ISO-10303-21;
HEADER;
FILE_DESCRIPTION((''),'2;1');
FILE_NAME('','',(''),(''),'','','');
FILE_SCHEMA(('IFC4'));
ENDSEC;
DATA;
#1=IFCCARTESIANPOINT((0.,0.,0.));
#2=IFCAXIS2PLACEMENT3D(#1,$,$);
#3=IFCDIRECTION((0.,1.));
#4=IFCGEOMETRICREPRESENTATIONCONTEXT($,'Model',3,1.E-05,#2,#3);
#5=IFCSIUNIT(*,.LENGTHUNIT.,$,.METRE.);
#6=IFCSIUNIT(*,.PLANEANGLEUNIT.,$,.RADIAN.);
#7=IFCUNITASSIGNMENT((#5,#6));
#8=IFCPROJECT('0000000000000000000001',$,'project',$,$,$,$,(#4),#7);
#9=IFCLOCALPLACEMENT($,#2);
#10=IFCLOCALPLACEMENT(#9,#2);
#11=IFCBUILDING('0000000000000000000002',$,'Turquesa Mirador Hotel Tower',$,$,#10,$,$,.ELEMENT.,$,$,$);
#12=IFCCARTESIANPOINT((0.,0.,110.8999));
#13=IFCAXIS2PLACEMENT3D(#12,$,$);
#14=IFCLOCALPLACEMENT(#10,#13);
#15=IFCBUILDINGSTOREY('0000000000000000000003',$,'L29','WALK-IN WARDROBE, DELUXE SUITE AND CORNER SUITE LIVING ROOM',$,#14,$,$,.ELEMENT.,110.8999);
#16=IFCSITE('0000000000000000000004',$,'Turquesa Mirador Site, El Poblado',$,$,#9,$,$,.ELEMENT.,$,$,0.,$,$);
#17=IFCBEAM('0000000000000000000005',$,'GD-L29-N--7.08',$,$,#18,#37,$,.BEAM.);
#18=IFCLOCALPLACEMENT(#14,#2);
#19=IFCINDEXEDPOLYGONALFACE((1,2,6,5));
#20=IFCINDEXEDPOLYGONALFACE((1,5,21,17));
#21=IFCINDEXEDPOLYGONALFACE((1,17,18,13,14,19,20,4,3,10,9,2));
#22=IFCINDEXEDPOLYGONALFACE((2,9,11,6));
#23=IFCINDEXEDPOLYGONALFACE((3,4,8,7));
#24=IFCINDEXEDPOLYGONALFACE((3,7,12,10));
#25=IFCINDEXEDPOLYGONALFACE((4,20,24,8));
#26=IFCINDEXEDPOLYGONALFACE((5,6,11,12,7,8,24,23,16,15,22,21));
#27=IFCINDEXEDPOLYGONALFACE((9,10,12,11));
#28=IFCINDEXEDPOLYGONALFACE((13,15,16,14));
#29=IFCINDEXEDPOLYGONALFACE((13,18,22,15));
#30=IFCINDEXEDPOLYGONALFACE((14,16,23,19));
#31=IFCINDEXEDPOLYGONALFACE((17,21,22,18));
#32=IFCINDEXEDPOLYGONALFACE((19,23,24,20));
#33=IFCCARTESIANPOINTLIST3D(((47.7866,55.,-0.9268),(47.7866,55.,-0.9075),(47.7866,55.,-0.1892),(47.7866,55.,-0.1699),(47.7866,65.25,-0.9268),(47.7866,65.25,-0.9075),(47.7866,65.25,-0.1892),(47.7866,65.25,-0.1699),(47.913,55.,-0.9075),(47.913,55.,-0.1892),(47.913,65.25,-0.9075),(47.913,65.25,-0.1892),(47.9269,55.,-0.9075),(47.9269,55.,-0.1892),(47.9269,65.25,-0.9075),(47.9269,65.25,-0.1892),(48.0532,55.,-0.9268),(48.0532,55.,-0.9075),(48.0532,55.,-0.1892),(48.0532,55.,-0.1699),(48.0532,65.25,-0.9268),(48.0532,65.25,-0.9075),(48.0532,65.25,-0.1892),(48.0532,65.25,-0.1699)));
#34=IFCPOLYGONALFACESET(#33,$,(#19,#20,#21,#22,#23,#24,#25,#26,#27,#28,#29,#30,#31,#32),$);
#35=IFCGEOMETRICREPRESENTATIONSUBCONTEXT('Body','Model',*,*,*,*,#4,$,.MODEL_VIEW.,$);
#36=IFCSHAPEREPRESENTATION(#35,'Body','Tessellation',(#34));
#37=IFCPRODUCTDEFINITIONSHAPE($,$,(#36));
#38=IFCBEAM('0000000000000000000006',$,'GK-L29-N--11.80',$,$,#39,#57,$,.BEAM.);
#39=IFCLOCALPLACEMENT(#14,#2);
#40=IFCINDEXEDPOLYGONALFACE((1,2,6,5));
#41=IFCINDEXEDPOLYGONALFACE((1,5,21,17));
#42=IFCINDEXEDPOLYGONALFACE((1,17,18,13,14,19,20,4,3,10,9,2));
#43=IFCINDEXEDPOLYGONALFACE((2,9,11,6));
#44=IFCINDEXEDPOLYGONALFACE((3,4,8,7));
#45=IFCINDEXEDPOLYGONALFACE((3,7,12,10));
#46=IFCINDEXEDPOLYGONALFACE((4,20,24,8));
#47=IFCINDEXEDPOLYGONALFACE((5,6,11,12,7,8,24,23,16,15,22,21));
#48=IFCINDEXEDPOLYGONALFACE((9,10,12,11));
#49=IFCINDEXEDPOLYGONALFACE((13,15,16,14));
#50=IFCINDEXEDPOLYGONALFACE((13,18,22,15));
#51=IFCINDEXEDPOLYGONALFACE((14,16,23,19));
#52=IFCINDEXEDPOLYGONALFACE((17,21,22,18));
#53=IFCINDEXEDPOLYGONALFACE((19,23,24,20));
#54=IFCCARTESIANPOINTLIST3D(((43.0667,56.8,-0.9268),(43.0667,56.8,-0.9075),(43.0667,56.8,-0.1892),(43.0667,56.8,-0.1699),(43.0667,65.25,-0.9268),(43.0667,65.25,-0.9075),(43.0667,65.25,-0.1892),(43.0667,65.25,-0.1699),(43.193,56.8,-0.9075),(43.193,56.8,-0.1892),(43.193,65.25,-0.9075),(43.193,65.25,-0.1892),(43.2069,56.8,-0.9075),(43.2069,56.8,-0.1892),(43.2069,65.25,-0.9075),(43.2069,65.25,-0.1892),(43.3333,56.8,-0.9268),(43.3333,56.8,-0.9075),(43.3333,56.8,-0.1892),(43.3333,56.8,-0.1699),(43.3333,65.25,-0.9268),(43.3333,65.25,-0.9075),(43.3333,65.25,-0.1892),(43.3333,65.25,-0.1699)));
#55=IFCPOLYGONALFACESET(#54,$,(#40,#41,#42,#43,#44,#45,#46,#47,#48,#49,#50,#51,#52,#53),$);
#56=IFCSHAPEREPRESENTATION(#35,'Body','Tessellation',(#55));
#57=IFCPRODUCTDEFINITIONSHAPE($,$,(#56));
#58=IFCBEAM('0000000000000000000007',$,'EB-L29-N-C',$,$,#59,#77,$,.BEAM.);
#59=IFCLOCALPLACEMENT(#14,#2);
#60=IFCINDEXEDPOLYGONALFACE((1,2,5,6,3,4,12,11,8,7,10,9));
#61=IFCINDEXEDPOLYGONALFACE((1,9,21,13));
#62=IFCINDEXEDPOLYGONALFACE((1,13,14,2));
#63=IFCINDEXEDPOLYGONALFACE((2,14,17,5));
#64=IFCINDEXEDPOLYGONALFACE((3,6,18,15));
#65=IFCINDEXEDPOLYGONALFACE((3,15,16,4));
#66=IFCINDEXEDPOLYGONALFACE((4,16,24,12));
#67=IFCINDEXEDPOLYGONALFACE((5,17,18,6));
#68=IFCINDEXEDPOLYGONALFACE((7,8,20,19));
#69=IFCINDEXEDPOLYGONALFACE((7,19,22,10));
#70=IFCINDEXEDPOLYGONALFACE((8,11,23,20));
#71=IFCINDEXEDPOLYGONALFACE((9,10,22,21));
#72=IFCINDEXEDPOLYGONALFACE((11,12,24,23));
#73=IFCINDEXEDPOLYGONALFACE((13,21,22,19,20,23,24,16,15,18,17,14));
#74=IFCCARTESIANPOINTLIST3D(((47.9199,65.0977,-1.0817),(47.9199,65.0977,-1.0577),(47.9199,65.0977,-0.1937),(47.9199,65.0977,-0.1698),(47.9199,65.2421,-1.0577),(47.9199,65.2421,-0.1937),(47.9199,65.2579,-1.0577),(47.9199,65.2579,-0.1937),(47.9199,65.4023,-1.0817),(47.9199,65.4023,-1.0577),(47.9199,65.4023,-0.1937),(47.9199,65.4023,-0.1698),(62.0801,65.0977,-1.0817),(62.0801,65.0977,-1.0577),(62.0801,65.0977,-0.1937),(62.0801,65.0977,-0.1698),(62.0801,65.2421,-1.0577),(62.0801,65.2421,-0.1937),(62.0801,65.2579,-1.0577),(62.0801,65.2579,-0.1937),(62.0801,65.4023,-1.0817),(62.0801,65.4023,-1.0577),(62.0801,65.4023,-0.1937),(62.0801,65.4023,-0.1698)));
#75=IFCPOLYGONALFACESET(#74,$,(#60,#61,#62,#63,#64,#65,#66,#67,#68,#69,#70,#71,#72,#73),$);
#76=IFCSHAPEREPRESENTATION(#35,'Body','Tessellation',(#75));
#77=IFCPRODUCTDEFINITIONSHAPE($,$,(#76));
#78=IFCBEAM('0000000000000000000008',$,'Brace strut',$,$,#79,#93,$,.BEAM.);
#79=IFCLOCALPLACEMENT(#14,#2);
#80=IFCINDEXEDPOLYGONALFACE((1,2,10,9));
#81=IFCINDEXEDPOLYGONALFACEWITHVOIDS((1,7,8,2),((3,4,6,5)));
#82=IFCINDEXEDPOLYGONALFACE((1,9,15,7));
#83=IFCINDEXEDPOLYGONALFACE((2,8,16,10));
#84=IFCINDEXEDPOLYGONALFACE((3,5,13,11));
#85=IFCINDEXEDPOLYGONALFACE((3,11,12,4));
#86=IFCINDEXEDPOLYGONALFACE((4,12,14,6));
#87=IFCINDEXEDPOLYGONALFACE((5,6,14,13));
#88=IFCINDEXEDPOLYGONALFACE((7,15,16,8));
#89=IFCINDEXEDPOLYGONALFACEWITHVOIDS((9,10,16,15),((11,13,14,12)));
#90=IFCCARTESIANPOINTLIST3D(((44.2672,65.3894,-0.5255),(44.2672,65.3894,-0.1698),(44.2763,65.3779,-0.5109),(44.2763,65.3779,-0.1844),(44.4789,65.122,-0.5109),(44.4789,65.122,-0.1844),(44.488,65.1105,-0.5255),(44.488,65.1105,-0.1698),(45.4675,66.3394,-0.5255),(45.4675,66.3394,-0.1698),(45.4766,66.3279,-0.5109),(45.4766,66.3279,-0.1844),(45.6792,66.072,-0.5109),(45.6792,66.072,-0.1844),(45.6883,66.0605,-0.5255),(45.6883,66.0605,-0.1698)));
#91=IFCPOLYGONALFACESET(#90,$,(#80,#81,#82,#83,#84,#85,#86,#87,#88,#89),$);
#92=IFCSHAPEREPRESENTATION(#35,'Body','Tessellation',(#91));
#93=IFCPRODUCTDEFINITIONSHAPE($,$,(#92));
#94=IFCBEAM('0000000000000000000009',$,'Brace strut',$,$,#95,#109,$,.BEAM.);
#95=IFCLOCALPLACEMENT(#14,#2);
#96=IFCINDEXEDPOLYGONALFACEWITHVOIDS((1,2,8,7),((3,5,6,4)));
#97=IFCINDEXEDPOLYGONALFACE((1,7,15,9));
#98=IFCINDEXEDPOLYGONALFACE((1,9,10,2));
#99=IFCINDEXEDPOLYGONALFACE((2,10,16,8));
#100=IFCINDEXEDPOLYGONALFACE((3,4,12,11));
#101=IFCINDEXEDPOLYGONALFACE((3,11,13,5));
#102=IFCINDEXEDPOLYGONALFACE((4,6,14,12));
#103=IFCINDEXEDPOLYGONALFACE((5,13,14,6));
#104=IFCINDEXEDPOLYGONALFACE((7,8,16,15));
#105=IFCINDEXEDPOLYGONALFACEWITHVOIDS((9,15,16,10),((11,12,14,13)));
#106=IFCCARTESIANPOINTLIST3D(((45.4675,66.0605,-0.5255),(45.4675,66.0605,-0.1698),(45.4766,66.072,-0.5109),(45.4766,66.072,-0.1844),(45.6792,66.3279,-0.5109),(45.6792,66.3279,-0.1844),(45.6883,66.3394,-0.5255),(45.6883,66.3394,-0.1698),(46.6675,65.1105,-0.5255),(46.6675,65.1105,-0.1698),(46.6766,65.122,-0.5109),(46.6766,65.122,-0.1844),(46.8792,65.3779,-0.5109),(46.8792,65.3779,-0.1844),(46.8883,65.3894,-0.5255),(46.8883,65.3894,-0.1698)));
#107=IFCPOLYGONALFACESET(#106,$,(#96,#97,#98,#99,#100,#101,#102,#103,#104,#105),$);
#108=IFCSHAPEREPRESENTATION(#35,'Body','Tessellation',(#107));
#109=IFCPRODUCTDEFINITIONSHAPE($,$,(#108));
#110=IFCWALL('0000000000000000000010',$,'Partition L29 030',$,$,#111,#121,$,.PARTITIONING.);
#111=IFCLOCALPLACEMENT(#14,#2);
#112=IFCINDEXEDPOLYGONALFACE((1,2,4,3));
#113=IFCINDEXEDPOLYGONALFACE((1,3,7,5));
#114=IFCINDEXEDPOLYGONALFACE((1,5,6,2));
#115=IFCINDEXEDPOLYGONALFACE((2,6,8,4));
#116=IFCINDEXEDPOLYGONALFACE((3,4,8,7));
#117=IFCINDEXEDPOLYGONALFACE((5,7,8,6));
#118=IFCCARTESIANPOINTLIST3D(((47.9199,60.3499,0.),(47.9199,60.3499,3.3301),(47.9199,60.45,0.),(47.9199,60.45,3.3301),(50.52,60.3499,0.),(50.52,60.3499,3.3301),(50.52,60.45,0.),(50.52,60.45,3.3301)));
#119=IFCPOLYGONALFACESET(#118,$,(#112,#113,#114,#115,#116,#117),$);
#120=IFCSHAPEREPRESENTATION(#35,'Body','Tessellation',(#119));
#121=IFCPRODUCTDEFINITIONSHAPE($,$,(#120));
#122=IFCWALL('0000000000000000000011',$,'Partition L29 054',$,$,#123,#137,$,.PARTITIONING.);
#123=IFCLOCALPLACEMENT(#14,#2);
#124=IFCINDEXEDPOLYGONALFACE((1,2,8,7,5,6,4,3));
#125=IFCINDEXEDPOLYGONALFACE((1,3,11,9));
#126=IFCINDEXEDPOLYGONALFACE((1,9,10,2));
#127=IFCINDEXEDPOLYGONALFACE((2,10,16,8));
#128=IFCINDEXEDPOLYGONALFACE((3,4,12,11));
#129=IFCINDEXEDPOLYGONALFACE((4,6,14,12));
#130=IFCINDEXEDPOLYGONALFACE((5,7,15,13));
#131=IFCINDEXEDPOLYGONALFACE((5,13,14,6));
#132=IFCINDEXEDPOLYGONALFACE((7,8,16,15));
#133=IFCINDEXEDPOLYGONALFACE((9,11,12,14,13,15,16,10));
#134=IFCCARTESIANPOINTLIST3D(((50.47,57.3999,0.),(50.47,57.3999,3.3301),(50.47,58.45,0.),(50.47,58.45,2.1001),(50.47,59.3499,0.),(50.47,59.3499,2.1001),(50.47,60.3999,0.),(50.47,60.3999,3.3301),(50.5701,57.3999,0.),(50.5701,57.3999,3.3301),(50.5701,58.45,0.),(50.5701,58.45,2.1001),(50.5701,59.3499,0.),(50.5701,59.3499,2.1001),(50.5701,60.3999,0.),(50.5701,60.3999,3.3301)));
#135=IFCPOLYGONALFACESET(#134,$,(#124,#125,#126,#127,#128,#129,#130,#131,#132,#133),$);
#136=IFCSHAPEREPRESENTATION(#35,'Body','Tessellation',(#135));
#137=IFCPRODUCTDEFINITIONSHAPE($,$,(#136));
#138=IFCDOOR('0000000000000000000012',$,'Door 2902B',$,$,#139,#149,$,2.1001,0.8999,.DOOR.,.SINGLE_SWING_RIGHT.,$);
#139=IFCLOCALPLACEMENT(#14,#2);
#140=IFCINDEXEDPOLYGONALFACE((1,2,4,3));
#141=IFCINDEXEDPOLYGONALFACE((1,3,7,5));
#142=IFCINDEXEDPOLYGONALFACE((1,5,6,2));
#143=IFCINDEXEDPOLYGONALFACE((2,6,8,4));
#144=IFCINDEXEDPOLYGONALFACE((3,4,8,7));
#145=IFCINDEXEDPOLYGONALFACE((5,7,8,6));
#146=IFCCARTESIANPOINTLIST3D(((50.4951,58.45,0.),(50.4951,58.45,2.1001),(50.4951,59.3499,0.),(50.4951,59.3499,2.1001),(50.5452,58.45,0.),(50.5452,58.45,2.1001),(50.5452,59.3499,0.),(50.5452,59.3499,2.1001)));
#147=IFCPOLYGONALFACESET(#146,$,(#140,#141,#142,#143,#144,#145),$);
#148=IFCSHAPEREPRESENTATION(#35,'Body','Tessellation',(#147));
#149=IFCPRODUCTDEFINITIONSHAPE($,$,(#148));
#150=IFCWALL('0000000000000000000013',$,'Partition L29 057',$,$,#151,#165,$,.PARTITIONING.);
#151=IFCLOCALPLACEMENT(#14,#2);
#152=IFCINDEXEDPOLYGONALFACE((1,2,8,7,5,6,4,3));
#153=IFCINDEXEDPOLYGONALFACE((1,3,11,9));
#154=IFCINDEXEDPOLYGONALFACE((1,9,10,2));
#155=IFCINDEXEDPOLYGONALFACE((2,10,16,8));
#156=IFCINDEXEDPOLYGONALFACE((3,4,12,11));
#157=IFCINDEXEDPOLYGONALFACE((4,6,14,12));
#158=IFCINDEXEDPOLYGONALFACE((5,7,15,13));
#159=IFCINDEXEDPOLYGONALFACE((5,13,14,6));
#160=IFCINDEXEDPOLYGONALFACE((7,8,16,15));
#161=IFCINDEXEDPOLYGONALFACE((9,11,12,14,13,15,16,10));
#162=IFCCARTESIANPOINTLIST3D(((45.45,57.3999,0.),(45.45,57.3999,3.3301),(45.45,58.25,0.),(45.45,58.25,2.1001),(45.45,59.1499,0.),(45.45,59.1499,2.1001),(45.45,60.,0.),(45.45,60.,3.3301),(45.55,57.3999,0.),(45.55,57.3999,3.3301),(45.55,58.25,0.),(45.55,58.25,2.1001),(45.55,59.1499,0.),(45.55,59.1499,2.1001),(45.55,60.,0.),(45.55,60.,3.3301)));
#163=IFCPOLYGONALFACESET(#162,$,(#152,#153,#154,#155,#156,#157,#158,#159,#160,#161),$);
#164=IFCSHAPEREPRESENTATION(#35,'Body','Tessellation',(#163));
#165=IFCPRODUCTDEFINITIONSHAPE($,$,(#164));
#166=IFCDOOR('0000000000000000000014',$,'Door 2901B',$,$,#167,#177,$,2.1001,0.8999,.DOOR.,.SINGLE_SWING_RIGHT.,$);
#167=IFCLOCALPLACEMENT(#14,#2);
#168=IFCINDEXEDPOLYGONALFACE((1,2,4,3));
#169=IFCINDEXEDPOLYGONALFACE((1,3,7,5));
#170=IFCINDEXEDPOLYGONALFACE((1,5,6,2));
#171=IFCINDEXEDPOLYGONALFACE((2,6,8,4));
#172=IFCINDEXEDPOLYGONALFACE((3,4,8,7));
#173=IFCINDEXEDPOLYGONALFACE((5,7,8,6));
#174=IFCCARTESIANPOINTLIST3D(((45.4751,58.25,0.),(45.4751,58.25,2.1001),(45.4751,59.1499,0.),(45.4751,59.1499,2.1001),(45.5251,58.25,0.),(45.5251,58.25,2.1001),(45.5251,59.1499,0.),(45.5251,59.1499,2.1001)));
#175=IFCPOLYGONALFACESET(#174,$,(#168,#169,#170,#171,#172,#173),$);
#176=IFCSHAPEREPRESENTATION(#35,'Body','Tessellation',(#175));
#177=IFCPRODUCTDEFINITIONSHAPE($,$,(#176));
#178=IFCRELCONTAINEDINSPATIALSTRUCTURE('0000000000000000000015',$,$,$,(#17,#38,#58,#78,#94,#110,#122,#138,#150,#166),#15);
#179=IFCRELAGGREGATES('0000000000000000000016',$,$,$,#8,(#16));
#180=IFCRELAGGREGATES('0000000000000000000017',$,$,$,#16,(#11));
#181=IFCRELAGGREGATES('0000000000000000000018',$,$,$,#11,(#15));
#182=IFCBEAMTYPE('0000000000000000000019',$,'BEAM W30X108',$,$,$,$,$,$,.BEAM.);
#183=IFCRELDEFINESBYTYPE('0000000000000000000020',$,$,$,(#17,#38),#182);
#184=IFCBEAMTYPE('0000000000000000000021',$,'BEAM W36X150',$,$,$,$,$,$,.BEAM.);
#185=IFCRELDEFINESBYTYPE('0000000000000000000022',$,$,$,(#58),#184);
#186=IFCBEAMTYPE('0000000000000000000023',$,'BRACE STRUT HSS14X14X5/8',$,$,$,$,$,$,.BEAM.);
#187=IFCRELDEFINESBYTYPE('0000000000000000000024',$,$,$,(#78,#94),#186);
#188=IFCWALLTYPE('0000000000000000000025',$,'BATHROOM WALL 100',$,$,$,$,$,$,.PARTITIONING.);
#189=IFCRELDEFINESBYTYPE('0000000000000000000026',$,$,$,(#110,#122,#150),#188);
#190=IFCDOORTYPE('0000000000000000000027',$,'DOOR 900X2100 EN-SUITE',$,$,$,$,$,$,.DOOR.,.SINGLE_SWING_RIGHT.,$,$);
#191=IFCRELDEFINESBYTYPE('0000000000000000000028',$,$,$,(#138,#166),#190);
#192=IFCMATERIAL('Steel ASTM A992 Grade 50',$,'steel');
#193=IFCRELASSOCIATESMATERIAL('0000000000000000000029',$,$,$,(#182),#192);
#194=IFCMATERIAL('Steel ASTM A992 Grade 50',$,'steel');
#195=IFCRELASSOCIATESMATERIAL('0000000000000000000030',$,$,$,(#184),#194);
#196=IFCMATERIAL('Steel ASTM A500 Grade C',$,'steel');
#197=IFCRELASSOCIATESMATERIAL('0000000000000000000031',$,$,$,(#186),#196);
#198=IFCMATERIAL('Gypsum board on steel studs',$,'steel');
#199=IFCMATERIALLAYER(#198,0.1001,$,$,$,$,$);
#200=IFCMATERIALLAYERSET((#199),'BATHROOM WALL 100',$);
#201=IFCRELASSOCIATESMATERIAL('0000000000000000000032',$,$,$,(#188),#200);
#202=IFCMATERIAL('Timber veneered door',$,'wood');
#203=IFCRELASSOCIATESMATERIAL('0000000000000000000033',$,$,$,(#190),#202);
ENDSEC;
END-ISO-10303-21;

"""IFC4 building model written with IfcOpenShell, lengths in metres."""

from ifc_helpers import new_model, si_unit, direction, frame, frame_2d, origin, origin_2d, place, context, subcontext, project, spatial, rectangle, hollow_rectangle, i_section, extrude, material, layer, layer_set, material_profile, profile_set, type_object, element, fill, save


model = new_model("IFC4")

# Units and contexts
model_context = context("Model", 3, precision=1e-05, world=origin(), true_north=direction((0.0, 1.0)))
body_context = subcontext(model_context, "Body", "Model", "MODEL_VIEW")
ifc_project = project(units=[si_unit("LENGTHUNIT", "METRE"), si_unit("PLANEANGLEUNIT", "RADIAN")], contexts=[model_context])

# Site, building, storey
site_placement = place(None, origin())
site = spatial("IfcSite", under=ifc_project, at=site_placement, Name="Turquesa Mirador Site, El Poblado", CompositionType="ELEMENT", RefElevation=0.0)
building_placement = place(site_placement, origin())
building = spatial("IfcBuilding", under=site, at=building_placement, Name="Turquesa Mirador Hotel Tower", CompositionType="ELEMENT")
storey_placement = place(building_placement, frame((0.0, 0.0, 110.8999)))
storey = spatial("IfcBuildingStorey", under=building, at=storey_placement, Name="L29", Description="WALK-IN WARDROBE, DELUXE SUITE AND CORNER SUITE LIVING ROOM", CompositionType="ELEMENT", Elevation=110.8999)

# Beams
ifc_material_1 = material(Name="Steel ASTM A992 Grade 50", Category="steel")
ifc_material_profile_1 = material_profile(ifc_material_1, i_section(OverallWidth=0.2666, OverallDepth=0.7568, WebThickness=0.0139, FlangeThickness=0.0193, at=origin_2d()), Name="W30X108")
ifc_profile_set_1 = profile_set([ifc_material_profile_1], Name="Steel ASTM A992 Grade 50")
beam_type_1 = type_object("IfcBeamType", Name="BEAM W30X108", PredefinedType="BEAM", material=ifc_profile_set_1)
beam_1_placement = place(storey_placement, frame((47.9199, 65.25, -0.5483), z_axis=(0.0, -1.0, 0.0), x_axis=(1.0, 0.0, 0.0)))
element("IfcBeam", 1, at=beam_1_placement, inside=storey, type_object=beam_type_1, Name="GD-L29-N--7.08", PredefinedType="BEAM", context=body_context, shape_type="SweptSolid", body=[
    extrude(i_section(OverallWidth=0.2666, OverallDepth=0.7568, WebThickness=0.0139, FlangeThickness=0.0193, at=origin_2d()), origin(), (0.0, 0.0, 1.0), 10.25),
])
beam_2_placement = place(storey_placement, frame((43.2, 65.25, -0.5483), z_axis=(0.0, -1.0, 0.0), x_axis=(1.0, 0.0, 0.0)))
element("IfcBeam", 2, at=beam_2_placement, inside=storey, type_object=beam_type_1, Name="GK-L29-N--11.80", PredefinedType="BEAM", context=body_context, shape_type="SweptSolid", body=[
    extrude(i_section(OverallWidth=0.2666, OverallDepth=0.7568, WebThickness=0.0139, FlangeThickness=0.0193, at=origin_2d()), origin(), (0.0, 0.0, 1.0), 8.45),
])
ifc_material_2 = material(Name="Steel ASTM A992 Grade 50", Category="steel")
ifc_material_profile_2 = material_profile(ifc_material_2, i_section(OverallWidth=0.3047, OverallDepth=0.9119, WebThickness=0.0159, FlangeThickness=0.0239, at=origin_2d()), Name="W36X150")
ifc_profile_set_2 = profile_set([ifc_material_profile_2], Name="Steel ASTM A992 Grade 50")
beam_type_2 = type_object("IfcBeamType", Name="BEAM W36X150", PredefinedType="BEAM", material=ifc_profile_set_2)
beam_3_placement = place(storey_placement, frame((47.9199, 65.25, -0.6257), z_axis=(1.0, 0.0, 0.0), x_axis=(0.0, 1.0, 0.0)))
element("IfcBeam", 3, at=beam_3_placement, inside=storey, type_object=beam_type_2, Name="EB-L29-N-C", PredefinedType="BEAM", context=body_context, shape_type="SweptSolid", body=[
    extrude(i_section(OverallWidth=0.3047, OverallDepth=0.9119, WebThickness=0.0159, FlangeThickness=0.0239, at=origin_2d()), origin(), (0.0, 0.0, 1.0), 14.1602),
])
ifc_material_3 = material(Name="Steel ASTM A500 Grade C", Category="steel")
ifc_material_profile_3 = material_profile(ifc_material_3, hollow_rectangle(XDim=0.3557, YDim=0.3557, WallThickness=0.0146, at=origin_2d()), Name="HSS14X14X5/8")
ifc_profile_set_3 = profile_set([ifc_material_profile_3], Name="Steel ASTM A500 Grade C")
beam_type_3 = type_object("IfcBeamType", Name="BRACE STRUT HSS14X14X5/8", PredefinedType="BEAM", material=ifc_profile_set_3)
beam_4_placement = place(storey_placement, frame((45.5779, 66.2, -0.3477), z_axis=(-0.784111, -0.620621, 0.0), x_axis=(0.620621, -0.784111, 0.0)))
element("IfcBeam", 4, at=beam_4_placement, inside=storey, type_object=beam_type_3, Name="Brace strut", PredefinedType="BEAM", context=body_context, shape_type="SweptSolid", body=[
    extrude(hollow_rectangle(XDim=0.3557, YDim=0.3557, WallThickness=0.0146, at=origin_2d()), origin(), (0.0, 0.0, 1.0), 1.5308),
])
beam_5_placement = place(storey_placement, frame((45.5779, 66.2, -0.3477), z_axis=(0.784049, -0.620699, 0.0), x_axis=(0.620699, 0.784049, 0.0)))
element("IfcBeam", 5, at=beam_5_placement, inside=storey, type_object=beam_type_3, Name="Brace strut", PredefinedType="BEAM", context=body_context, shape_type="SweptSolid", body=[
    extrude(hollow_rectangle(XDim=0.3557, YDim=0.3557, WallThickness=0.0146, at=origin_2d()), origin(), (0.0, 0.0, 1.0), 1.5305),
])

# Wall
ifc_material_4 = material(Name="Gypsum board on steel studs", Category="steel")
ifc_layer_1 = layer(ifc_material_4, 0.1001)
ifc_layer_set_1 = layer_set([ifc_layer_1], Name="BATHROOM WALL 100")
wall_type_1 = type_object("IfcWallType", Name="BATHROOM WALL 100", PredefinedType="PARTITIONING", material=ifc_layer_set_1)
wall_1_placement = place(storey_placement, frame((47.9199, 60.3999, 0.0), z_axis=(0.0, 0.0, 1.0), x_axis=(1.0, 0.0, 0.0)))
element("IfcWall", 6, at=wall_1_placement, inside=storey, type_object=wall_type_1, Name="Partition L29 030", PredefinedType="PARTITIONING", context=body_context, shape_type="SweptSolid", body=[
    extrude(rectangle(XDim=2.6001, YDim=0.1001, at=frame_2d((1.3, 0.0))), origin(), (0.0, 0.0, 1.0), 3.3301),
])

# Walls, openings, doors
wall_2_placement = place(storey_placement, frame((50.52, 57.3999, 0.0), z_axis=(0.0, 0.0, 1.0), x_axis=(0.0, 1.0, 0.0)))
wall_2 = element("IfcWall", 7, at=wall_2_placement, inside=storey, type_object=wall_type_1, Name="Partition L29 054", PredefinedType="PARTITIONING", context=body_context, shape_type="SweptSolid", body=[
    extrude(rectangle(XDim=3.0, YDim=0.1001, at=frame_2d((1.5, 0.0))), origin(), (0.0, 0.0, 1.0), 3.3301),
])
opening_1_placement = place(wall_2_placement, frame((1.05, 0.0, 0.0)))
opening_1 = element("IfcOpeningElement", 8, at=opening_1_placement, cuts=wall_2, PredefinedType="OPENING", context=body_context, shape_type="SweptSolid", body=[
    extrude(rectangle(XDim=0.8999, YDim=2.1001, at=frame_2d((0.45, 1.05))), frame((0.0, 0.0601, 0.0), z_axis=(0.0, -1.0, 0.0), x_axis=(1.0, 0.0, 0.0)), (0.0, 0.0, 1.0), 0.1201),
])
ifc_material_5 = material(Name="Timber veneered door", Category="wood")
door_type = type_object("IfcDoorType", Name="DOOR 900X2100 EN-SUITE", OperationType="SINGLE_SWING_RIGHT", PredefinedType="DOOR", material=ifc_material_5)
door_1_placement = place(opening_1_placement, origin())
door_1 = element("IfcDoor", 9, at=door_1_placement, inside=storey, type_object=door_type, Name="Door 2902B", OperationType="SINGLE_SWING_RIGHT", OverallHeight=2.1001, OverallWidth=0.8999, PredefinedType="DOOR", context=body_context, shape_type="SweptSolid", body=[
    extrude(rectangle(XDim=0.8999, YDim=2.1001, at=frame_2d((0.45, 1.05))), frame((0.0, 0.0249, 0.0), z_axis=(0.0, -1.0, 0.0), x_axis=(1.0, 0.0, 0.0)), (0.0, 0.0, 1.0), 0.05),
])
fill(opening_1, door_1)
wall_3_placement = place(storey_placement, frame((45.5, 57.3999, 0.0), z_axis=(0.0, 0.0, 1.0), x_axis=(0.0, 1.0, 0.0)))
wall_3 = element("IfcWall", 10, at=wall_3_placement, inside=storey, type_object=wall_type_1, Name="Partition L29 057", PredefinedType="PARTITIONING", context=body_context, shape_type="SweptSolid", body=[
    extrude(rectangle(XDim=2.6001, YDim=0.1001, at=frame_2d((1.3, 0.0))), origin(), (0.0, 0.0, 1.0), 3.3301),
])
opening_2_placement = place(wall_3_placement, frame((0.8501, 0.0, 0.0)))
opening_2 = element("IfcOpeningElement", 11, at=opening_2_placement, cuts=wall_3, PredefinedType="OPENING", context=body_context, shape_type="SweptSolid", body=[
    extrude(rectangle(XDim=0.8999, YDim=2.1001, at=frame_2d((0.45, 1.05))), frame((0.0, 0.0601, 0.0), z_axis=(0.0, -1.0, 0.0), x_axis=(1.0, 0.0, 0.0)), (0.0, 0.0, 1.0), 0.1201),
])
door_2_placement = place(opening_2_placement, origin())
door_2 = element("IfcDoor", 12, at=door_2_placement, inside=storey, type_object=door_type, Name="Door 2901B", OperationType="SINGLE_SWING_RIGHT", OverallHeight=2.1001, OverallWidth=0.8999, PredefinedType="DOOR", context=body_context, shape_type="SweptSolid", body=[
    extrude(rectangle(XDim=0.8999, YDim=2.1001, at=frame_2d((0.45, 1.05))), frame((0.0, 0.0249, 0.0), z_axis=(0.0, -1.0, 0.0), x_axis=(1.0, 0.0, 0.0)), (0.0, 0.0, 1.0), 0.05),
])
fill(opening_2, door_2)

save(model, "model.ifc")
